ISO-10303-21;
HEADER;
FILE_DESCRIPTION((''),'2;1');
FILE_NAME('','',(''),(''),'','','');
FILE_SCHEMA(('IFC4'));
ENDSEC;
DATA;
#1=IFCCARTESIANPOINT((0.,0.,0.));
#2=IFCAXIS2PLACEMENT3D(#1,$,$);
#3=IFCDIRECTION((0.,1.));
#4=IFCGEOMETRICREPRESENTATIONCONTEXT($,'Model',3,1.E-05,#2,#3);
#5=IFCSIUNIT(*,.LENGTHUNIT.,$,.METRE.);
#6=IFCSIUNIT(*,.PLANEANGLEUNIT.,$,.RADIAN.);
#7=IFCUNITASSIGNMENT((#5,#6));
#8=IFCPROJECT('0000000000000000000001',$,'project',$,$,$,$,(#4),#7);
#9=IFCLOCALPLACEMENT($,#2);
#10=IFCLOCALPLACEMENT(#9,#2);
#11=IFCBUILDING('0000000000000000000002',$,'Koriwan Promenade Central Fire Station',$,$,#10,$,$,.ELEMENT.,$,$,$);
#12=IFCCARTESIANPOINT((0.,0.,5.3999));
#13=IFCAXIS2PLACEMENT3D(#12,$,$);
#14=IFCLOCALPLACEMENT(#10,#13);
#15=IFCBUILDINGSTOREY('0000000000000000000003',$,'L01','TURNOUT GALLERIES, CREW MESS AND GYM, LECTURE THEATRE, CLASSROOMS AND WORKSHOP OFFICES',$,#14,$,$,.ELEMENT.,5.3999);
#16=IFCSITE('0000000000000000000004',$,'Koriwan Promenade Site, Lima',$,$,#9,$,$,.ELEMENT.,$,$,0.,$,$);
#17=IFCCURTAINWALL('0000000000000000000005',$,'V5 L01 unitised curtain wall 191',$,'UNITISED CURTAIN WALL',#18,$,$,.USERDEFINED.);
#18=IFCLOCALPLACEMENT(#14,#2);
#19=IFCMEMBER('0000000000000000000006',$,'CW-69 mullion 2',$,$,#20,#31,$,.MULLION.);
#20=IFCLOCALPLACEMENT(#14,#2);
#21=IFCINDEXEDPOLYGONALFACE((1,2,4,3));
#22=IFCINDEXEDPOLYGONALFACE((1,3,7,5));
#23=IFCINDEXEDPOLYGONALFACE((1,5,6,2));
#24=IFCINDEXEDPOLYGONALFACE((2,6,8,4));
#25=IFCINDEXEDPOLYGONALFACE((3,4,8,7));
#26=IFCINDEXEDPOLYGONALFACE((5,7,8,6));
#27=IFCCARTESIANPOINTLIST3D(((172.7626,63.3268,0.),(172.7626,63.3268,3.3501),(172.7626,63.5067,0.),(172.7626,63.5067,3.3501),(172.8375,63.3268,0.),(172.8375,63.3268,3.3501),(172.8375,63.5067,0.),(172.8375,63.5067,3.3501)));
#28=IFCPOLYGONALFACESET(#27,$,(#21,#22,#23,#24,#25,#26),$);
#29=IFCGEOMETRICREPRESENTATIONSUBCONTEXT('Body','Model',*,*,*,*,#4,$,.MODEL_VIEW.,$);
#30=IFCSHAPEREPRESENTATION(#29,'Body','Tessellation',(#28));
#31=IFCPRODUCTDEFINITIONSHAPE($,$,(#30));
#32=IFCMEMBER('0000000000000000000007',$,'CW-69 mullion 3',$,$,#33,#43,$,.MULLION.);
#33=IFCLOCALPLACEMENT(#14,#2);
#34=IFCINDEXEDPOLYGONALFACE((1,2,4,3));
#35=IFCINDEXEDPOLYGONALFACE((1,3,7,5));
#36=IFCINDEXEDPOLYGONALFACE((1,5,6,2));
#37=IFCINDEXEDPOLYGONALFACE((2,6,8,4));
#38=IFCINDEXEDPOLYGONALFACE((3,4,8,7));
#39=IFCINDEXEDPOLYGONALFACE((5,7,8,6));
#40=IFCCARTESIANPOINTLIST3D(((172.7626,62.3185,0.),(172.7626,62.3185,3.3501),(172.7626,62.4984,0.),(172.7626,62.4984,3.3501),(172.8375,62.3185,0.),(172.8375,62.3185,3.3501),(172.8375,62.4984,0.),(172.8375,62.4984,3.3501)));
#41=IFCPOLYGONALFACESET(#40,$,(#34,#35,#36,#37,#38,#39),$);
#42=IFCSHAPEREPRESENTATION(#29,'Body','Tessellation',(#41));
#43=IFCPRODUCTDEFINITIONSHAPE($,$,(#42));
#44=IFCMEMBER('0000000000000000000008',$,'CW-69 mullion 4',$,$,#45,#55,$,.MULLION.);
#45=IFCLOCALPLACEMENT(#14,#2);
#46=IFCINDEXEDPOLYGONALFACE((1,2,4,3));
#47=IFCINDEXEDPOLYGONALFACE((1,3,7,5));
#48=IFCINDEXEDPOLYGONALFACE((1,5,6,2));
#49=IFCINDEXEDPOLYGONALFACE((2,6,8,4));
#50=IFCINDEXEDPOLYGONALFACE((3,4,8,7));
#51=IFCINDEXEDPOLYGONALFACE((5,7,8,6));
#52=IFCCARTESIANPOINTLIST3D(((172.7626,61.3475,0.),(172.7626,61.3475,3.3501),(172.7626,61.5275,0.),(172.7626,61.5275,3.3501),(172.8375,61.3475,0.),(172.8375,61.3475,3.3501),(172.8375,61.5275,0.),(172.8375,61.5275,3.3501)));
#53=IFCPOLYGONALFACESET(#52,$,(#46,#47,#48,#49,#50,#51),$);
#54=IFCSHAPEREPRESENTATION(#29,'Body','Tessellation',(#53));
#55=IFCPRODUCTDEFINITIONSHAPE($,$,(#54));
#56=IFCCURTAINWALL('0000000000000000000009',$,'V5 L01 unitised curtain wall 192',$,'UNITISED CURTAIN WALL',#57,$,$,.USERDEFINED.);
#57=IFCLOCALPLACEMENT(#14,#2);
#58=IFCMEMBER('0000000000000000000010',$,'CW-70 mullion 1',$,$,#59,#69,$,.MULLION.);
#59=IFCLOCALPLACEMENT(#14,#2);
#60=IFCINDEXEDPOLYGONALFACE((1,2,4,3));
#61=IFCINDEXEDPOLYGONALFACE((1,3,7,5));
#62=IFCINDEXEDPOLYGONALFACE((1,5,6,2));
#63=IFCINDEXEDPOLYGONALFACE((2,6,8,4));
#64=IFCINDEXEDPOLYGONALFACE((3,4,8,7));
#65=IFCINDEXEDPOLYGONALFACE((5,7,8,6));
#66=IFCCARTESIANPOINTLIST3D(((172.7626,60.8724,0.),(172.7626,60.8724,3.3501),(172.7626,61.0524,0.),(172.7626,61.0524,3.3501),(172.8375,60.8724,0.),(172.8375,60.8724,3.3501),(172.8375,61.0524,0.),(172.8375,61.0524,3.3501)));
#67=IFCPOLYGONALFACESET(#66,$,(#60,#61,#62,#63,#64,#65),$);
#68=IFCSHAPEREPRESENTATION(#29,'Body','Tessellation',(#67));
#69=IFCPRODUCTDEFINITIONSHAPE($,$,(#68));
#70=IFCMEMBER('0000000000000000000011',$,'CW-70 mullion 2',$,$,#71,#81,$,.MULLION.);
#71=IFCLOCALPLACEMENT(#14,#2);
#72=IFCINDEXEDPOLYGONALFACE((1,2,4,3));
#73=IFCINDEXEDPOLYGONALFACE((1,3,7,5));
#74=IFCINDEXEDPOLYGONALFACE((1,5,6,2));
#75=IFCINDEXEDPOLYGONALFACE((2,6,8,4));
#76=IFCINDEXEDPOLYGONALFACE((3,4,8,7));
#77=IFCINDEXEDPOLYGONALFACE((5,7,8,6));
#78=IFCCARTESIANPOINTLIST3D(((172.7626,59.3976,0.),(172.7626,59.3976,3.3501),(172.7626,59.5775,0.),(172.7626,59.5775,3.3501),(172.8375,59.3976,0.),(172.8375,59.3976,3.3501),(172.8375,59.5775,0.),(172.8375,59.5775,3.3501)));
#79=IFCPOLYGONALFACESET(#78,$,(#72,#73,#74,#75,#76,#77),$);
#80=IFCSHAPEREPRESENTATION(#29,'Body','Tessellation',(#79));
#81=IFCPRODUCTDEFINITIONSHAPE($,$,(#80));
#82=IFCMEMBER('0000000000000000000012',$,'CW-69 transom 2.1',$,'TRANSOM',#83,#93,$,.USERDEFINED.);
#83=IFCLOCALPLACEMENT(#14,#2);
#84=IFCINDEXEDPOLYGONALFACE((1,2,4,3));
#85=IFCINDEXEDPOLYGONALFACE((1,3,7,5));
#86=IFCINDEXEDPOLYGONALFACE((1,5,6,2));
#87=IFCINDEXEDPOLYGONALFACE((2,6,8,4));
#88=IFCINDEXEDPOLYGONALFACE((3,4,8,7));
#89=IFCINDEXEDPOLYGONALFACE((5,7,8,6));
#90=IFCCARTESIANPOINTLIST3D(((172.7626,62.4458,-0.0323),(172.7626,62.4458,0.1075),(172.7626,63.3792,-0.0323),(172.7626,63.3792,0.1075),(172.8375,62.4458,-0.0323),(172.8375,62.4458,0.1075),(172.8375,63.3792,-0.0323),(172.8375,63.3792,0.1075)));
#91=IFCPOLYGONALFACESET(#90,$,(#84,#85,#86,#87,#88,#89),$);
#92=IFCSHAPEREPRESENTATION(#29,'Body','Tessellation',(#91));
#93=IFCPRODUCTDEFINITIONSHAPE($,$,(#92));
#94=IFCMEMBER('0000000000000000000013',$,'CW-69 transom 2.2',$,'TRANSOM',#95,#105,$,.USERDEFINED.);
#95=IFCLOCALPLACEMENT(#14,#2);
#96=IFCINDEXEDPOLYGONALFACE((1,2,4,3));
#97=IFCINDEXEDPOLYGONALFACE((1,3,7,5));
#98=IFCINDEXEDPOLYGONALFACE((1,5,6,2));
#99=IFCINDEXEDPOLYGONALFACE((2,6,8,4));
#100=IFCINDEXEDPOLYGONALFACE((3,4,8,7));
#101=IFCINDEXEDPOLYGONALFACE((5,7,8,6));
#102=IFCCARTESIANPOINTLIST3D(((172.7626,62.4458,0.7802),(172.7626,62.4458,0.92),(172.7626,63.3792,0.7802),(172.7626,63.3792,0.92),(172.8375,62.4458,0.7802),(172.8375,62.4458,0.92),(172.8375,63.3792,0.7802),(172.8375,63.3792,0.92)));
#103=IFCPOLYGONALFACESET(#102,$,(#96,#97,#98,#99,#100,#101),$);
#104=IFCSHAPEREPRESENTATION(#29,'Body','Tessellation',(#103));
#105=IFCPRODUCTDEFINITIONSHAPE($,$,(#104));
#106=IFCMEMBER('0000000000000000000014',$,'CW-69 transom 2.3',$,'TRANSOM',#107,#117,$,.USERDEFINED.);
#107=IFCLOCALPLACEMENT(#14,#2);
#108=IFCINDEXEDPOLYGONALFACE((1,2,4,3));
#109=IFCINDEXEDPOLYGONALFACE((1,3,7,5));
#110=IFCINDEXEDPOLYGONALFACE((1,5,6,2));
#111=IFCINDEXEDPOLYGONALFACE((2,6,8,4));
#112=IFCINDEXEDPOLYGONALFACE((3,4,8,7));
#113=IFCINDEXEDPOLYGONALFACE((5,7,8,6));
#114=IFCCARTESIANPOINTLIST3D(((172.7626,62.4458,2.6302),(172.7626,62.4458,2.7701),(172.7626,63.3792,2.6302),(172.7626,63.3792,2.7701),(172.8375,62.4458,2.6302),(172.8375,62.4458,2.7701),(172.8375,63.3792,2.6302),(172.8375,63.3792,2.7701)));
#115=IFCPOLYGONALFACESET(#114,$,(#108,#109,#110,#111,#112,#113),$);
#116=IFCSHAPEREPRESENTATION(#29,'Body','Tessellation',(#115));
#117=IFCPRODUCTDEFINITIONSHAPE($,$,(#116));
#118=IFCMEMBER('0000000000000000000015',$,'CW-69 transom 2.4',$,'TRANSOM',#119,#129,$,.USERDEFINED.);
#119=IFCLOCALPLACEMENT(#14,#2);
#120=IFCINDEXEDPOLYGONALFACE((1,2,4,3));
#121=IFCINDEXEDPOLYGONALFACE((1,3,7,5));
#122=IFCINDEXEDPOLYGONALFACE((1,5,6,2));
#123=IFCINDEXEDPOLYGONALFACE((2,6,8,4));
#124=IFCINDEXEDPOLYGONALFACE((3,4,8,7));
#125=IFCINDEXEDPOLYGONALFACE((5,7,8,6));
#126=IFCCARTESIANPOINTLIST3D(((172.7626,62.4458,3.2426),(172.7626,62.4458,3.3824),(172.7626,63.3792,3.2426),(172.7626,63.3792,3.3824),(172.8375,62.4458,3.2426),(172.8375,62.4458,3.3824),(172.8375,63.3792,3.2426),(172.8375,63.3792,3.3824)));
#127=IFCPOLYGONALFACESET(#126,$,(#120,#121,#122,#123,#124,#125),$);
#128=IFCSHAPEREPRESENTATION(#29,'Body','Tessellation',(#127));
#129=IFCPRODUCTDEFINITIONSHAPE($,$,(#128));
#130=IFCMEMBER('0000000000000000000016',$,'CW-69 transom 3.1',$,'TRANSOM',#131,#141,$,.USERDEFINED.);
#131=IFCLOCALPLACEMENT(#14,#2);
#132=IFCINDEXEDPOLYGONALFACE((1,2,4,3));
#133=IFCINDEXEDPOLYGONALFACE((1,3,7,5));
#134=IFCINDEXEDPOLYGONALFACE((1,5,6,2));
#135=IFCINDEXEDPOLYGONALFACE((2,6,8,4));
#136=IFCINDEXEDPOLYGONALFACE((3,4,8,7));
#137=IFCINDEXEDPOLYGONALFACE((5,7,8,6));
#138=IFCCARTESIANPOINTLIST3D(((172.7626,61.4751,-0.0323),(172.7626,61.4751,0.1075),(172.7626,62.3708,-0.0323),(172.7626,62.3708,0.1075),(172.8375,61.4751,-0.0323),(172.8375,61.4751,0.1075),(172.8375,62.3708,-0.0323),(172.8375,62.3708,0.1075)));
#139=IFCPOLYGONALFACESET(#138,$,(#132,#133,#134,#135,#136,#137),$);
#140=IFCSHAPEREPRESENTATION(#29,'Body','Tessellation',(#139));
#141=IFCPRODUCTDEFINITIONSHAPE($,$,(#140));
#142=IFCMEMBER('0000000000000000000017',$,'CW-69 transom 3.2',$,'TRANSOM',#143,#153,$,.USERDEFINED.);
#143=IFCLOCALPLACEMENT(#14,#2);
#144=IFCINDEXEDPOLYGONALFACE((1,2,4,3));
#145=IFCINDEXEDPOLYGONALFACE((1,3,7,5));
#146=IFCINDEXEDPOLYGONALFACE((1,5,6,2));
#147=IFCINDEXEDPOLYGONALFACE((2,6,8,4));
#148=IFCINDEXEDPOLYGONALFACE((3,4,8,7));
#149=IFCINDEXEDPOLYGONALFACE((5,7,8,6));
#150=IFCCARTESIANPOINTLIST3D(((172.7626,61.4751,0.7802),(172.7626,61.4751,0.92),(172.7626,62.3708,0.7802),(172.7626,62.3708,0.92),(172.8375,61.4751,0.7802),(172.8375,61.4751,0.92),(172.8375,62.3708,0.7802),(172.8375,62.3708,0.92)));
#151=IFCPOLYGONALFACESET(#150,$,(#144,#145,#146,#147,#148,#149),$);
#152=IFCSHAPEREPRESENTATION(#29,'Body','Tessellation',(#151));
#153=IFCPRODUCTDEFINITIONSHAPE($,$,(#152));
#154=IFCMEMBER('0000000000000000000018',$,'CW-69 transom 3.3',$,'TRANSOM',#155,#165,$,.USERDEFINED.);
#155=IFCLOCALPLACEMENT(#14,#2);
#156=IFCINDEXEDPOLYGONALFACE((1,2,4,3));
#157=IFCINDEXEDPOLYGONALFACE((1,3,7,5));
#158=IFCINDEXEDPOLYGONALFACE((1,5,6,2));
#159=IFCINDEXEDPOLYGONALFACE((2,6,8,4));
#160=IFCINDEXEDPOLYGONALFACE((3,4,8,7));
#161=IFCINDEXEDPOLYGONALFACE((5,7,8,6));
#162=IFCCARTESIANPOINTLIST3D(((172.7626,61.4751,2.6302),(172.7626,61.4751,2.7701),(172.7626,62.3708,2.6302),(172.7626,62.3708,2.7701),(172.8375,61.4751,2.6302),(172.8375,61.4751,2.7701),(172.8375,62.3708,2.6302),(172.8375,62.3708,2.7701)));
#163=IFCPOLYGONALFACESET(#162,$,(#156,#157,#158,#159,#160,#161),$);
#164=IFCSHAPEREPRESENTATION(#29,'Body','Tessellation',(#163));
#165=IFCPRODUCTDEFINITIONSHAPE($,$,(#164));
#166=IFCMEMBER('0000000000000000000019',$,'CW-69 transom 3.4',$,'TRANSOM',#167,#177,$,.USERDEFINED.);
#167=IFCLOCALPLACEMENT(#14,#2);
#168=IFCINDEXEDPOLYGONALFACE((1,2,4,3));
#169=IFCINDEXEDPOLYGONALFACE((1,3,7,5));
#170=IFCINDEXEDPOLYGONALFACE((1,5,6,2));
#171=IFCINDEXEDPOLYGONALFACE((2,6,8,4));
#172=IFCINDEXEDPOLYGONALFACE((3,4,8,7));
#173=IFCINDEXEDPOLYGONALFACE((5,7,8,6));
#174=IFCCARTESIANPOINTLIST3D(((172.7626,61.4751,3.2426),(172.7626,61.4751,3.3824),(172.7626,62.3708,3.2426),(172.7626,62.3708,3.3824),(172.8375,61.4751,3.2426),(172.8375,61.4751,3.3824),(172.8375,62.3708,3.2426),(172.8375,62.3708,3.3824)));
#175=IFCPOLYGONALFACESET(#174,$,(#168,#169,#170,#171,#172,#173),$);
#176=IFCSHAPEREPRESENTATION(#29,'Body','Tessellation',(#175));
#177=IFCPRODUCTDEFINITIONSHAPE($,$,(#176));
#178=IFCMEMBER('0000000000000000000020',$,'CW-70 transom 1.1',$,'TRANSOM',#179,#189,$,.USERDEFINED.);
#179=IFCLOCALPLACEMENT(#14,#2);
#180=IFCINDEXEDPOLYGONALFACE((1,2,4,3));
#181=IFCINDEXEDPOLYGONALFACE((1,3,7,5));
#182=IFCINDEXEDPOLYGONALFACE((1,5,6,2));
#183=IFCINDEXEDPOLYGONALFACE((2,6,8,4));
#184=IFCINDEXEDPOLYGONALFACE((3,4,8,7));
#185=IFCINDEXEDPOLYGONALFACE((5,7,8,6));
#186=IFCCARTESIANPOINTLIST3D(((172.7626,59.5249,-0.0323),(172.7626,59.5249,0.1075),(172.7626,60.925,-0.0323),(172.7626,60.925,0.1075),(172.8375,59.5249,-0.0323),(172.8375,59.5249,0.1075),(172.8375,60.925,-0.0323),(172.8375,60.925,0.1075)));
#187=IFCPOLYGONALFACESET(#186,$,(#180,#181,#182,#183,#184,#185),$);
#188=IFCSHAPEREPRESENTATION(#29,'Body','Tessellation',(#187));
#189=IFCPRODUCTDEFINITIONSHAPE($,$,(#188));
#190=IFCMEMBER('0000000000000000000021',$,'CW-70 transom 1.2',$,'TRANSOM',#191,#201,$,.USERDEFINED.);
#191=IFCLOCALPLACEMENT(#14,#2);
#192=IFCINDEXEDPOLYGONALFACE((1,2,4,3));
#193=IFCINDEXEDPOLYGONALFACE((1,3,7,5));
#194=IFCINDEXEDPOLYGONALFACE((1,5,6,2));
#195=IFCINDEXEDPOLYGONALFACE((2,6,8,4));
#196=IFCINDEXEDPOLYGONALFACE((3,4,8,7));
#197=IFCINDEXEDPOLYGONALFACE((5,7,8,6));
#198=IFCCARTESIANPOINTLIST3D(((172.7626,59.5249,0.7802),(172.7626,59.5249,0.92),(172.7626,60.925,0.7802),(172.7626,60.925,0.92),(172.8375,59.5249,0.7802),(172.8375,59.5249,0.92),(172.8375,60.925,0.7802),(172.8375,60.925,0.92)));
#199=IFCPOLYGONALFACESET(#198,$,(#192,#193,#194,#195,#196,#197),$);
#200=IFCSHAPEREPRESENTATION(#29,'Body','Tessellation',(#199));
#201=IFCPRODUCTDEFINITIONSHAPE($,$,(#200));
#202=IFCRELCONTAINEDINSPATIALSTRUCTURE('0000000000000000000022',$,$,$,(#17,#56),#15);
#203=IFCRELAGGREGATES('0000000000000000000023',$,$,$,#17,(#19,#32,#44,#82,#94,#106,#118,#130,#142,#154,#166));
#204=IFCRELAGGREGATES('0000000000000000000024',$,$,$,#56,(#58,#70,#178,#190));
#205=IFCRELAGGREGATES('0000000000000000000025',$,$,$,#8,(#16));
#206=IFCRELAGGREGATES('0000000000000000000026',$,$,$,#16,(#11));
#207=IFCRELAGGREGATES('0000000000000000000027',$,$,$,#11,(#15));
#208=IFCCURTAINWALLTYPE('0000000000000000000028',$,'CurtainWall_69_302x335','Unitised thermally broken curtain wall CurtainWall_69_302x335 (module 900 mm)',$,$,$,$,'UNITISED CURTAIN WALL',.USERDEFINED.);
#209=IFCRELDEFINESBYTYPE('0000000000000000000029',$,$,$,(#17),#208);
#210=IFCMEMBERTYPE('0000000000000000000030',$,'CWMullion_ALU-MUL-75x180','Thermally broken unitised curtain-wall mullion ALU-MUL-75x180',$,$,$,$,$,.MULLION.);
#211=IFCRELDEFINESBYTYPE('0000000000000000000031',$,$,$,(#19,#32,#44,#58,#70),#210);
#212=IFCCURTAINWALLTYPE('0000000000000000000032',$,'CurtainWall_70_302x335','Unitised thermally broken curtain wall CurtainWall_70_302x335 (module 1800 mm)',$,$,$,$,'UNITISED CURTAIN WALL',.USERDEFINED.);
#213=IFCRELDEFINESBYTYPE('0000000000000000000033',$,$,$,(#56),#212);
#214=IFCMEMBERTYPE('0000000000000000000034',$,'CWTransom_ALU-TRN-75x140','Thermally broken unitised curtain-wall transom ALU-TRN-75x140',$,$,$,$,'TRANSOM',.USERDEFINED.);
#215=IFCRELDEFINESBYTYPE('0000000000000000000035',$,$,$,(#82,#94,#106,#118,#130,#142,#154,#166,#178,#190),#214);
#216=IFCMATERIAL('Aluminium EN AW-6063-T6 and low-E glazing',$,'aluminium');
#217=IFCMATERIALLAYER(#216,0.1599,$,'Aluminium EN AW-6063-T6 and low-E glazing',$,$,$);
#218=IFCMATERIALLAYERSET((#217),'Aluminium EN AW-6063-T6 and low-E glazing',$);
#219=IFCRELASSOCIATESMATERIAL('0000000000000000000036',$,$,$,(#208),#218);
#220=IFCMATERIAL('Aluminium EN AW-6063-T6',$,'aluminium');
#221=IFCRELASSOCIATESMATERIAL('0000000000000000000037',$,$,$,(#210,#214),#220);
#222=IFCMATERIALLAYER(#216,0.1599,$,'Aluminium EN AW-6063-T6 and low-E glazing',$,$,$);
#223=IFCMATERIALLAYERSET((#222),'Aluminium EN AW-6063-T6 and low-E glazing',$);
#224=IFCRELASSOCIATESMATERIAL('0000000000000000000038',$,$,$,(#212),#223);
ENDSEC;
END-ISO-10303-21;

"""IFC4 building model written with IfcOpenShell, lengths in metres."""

from ifc_helpers import new_model, si_unit, direction, frame, origin, origin_2d, place, context, subcontext, project, spatial, rectangle, extrude, material, layer, layer_set, material_profile, profile_set, type_object, element, aggregate, save


model = new_model("IFC4")

# Units and contexts
model_context = context("Model", 3, precision=1e-05, world=origin(), true_north=direction((0.0, 1.0)))
body_context = subcontext(model_context, "Body", "Model", "MODEL_VIEW")
ifc_project = project(units=[si_unit("LENGTHUNIT", "METRE"), si_unit("PLANEANGLEUNIT", "RADIAN")], contexts=[model_context])

# Site, building, storey
site_placement = place(None, origin())
site = spatial("IfcSite", under=ifc_project, at=site_placement, Name="Koriwan Promenade Site, Lima", CompositionType="ELEMENT", RefElevation=0.0)
building_placement = place(site_placement, origin())
building = spatial("IfcBuilding", under=site, at=building_placement, Name="Koriwan Promenade Central Fire Station", CompositionType="ELEMENT")
storey_placement = place(building_placement, frame((0.0, 0.0, 5.3999)))
storey = spatial("IfcBuildingStorey", under=building, at=storey_placement, Name="L01", Description="TURNOUT GALLERIES, CREW MESS AND GYM, LECTURE THEATRE, CLASSROOMS AND WORKSHOP OFFICES", CompositionType="ELEMENT", Elevation=5.3999)

# Curtain walls, members
ifc_material_1 = material(Name="Aluminium EN AW-6063-T6 and low-E glazing", Category="aluminium")
ifc_layer_1 = layer(ifc_material_1, 0.1599, Name="Aluminium EN AW-6063-T6 and low-E glazing")
ifc_layer_set_1 = layer_set([ifc_layer_1], Name="Aluminium EN AW-6063-T6 and low-E glazing")
curtain_wall_type_1 = type_object("IfcCurtainWallType", Name="CurtainWall_69_302x335", Description="Unitised thermally broken curtain wall CurtainWall_69_302x335 (module 900 mm)", ElementType="UNITISED CURTAIN WALL", PredefinedType="USERDEFINED", material=ifc_layer_set_1)
curtain_wall_1_placement = place(storey_placement, origin())
curtain_wall_1 = element("IfcCurtainWall", 1, at=curtain_wall_1_placement, inside=storey, type_object=curtain_wall_type_1, Name="V5 L01 unitised curtain wall 191", ObjectType="UNITISED CURTAIN WALL", PredefinedType="USERDEFINED")
ifc_material_2 = material(Name="Aluminium EN AW-6063-T6", Category="aluminium")
ifc_material_profile_1 = material_profile(ifc_material_2, rectangle(XDim=0.075, YDim=0.1799, at=origin_2d()), Name="ALU-MUL-75x180")
ifc_profile_set_1 = profile_set([ifc_material_profile_1], Name="Aluminium EN AW-6063-T6")
member_type_1 = type_object("IfcMemberType", Name="CWMullion_ALU-MUL-75x180", Description="Thermally broken unitised curtain-wall mullion ALU-MUL-75x180", PredefinedType="MULLION", material=ifc_profile_set_1)
member_1_placement = place(storey_placement, frame((172.8, 63.4167, 0.0), z_axis=(0.0, 0.0, 1.0), x_axis=(1.0, 0.0, 0.0)))
member_1 = element("IfcMember", 2, at=member_1_placement, type_object=member_type_1, Name="CW-69 mullion 2", PredefinedType="MULLION", context=body_context, shape_type="SweptSolid", body=[
    extrude(rectangle(XDim=0.075, YDim=0.1799, at=origin_2d()), origin(), (0.0, 0.0, 1.0), 3.3501),
])
member_2_placement = place(storey_placement, frame((172.8, 62.4084, 0.0), z_axis=(0.0, 0.0, 1.0), x_axis=(1.0, 0.0, 0.0)))
member_2 = element("IfcMember", 3, at=member_2_placement, type_object=member_type_1, Name="CW-69 mullion 3", PredefinedType="MULLION", context=body_context, shape_type="SweptSolid", body=[
    extrude(rectangle(XDim=0.075, YDim=0.1799, at=origin_2d()), origin(), (0.0, 0.0, 1.0), 3.3501),
])
member_3_placement = place(storey_placement, frame((172.8, 61.4375, 0.0), z_axis=(0.0, 0.0, 1.0), x_axis=(1.0, 0.0, 0.0)))
member_3 = element("IfcMember", 4, at=member_3_placement, type_object=member_type_1, Name="CW-69 mullion 4", PredefinedType="MULLION", context=body_context, shape_type="SweptSolid", body=[
    extrude(rectangle(XDim=0.075, YDim=0.1799, at=origin_2d()), origin(), (0.0, 0.0, 1.0), 3.3501),
])
ifc_layer_2 = layer(ifc_material_1, 0.1599, Name="Aluminium EN AW-6063-T6 and low-E glazing")
ifc_layer_set_2 = layer_set([ifc_layer_2], Name="Aluminium EN AW-6063-T6 and low-E glazing")
curtain_wall_type_2 = type_object("IfcCurtainWallType", Name="CurtainWall_70_302x335", Description="Unitised thermally broken curtain wall CurtainWall_70_302x335 (module 1800 mm)", ElementType="UNITISED CURTAIN WALL", PredefinedType="USERDEFINED", material=ifc_layer_set_2)
curtain_wall_2_placement = place(storey_placement, origin())
curtain_wall_2 = element("IfcCurtainWall", 5, at=curtain_wall_2_placement, inside=storey, type_object=curtain_wall_type_2, Name="V5 L01 unitised curtain wall 192", ObjectType="UNITISED CURTAIN WALL", PredefinedType="USERDEFINED")
member_4_placement = place(storey_placement, frame((172.8, 60.9624, 0.0), z_axis=(0.0, 0.0, 1.0), x_axis=(1.0, 0.0, 0.0)))
member_4 = element("IfcMember", 6, at=member_4_placement, type_object=member_type_1, Name="CW-70 mullion 1", PredefinedType="MULLION", context=body_context, shape_type="SweptSolid", body=[
    extrude(rectangle(XDim=0.075, YDim=0.1799, at=origin_2d()), origin(), (0.0, 0.0, 1.0), 3.3501),
])
member_5_placement = place(storey_placement, frame((172.8, 59.4875, 0.0), z_axis=(0.0, 0.0, 1.0), x_axis=(1.0, 0.0, 0.0)))
member_5 = element("IfcMember", 7, at=member_5_placement, type_object=member_type_1, Name="CW-70 mullion 2", PredefinedType="MULLION", context=body_context, shape_type="SweptSolid", body=[
    extrude(rectangle(XDim=0.075, YDim=0.1799, at=origin_2d()), origin(), (0.0, 0.0, 1.0), 3.3501),
])

# Members
ifc_material_profile_2 = material_profile(ifc_material_2, rectangle(XDim=0.075, YDim=0.1399, at=origin_2d()), Name="ALU-TRN-75x140")
ifc_profile_set_2 = profile_set([ifc_material_profile_2], Name="Aluminium EN AW-6063-T6")
member_type_2 = type_object("IfcMemberType", Name="CWTransom_ALU-TRN-75x140", Description="Thermally broken unitised curtain-wall transom ALU-TRN-75x140", ElementType="TRANSOM", PredefinedType="USERDEFINED", material=ifc_profile_set_2)
member_6_placement = place(storey_placement, frame((172.8, 63.3792, 0.0376), z_axis=(0.0, -1.0, 0.0), x_axis=(1.0, 0.0, 0.0)))
member_6 = element("IfcMember", 8, at=member_6_placement, type_object=member_type_2, Name="CW-69 transom 2.1", ObjectType="TRANSOM", PredefinedType="USERDEFINED", context=body_context, shape_type="SweptSolid", body=[
    extrude(rectangle(XDim=0.075, YDim=0.1399, at=origin_2d()), origin(), (0.0, 0.0, 1.0), 0.9333),
])
member_7_placement = place(storey_placement, frame((172.8, 63.3792, 0.8501), z_axis=(0.0, -1.0, 0.0), x_axis=(1.0, 0.0, 0.0)))
member_7 = element("IfcMember", 9, at=member_7_placement, type_object=member_type_2, Name="CW-69 transom 2.2", ObjectType="TRANSOM", PredefinedType="USERDEFINED", context=body_context, shape_type="SweptSolid", body=[
    extrude(rectangle(XDim=0.075, YDim=0.1399, at=origin_2d()), origin(), (0.0, 0.0, 1.0), 0.9333),
])
member_8_placement = place(storey_placement, frame((172.8, 63.3792, 2.7002), z_axis=(0.0, -1.0, 0.0), x_axis=(1.0, 0.0, 0.0)))
member_8 = element("IfcMember", 10, at=member_8_placement, type_object=member_type_2, Name="CW-69 transom 2.3", ObjectType="TRANSOM", PredefinedType="USERDEFINED", context=body_context, shape_type="SweptSolid", body=[
    extrude(rectangle(XDim=0.075, YDim=0.1399, at=origin_2d()), origin(), (0.0, 0.0, 1.0), 0.9333),
])
member_9_placement = place(storey_placement, frame((172.8, 63.3792, 3.3125), z_axis=(0.0, -1.0, 0.0), x_axis=(1.0, 0.0, 0.0)))
member_9 = element("IfcMember", 11, at=member_9_placement, type_object=member_type_2, Name="CW-69 transom 2.4", ObjectType="TRANSOM", PredefinedType="USERDEFINED", context=body_context, shape_type="SweptSolid", body=[
    extrude(rectangle(XDim=0.075, YDim=0.1399, at=origin_2d()), origin(), (0.0, 0.0, 1.0), 0.9333),
])
member_10_placement = place(storey_placement, frame((172.8, 62.3708, 0.0376), z_axis=(0.0, -1.0, 0.0), x_axis=(1.0, 0.0, 0.0)))
member_10 = element("IfcMember", 12, at=member_10_placement, type_object=member_type_2, Name="CW-69 transom 3.1", ObjectType="TRANSOM", PredefinedType="USERDEFINED", context=body_context, shape_type="SweptSolid", body=[
    extrude(rectangle(XDim=0.075, YDim=0.1399, at=origin_2d()), origin(), (0.0, 0.0, 1.0), 0.8958),
])
member_11_placement = place(storey_placement, frame((172.8, 62.3708, 0.8501), z_axis=(0.0, -1.0, 0.0), x_axis=(1.0, 0.0, 0.0)))
member_11 = element("IfcMember", 13, at=member_11_placement, type_object=member_type_2, Name="CW-69 transom 3.2", ObjectType="TRANSOM", PredefinedType="USERDEFINED", context=body_context, shape_type="SweptSolid", body=[
    extrude(rectangle(XDim=0.075, YDim=0.1399, at=origin_2d()), origin(), (0.0, 0.0, 1.0), 0.8958),
])
member_12_placement = place(storey_placement, frame((172.8, 62.3708, 2.7002), z_axis=(0.0, -1.0, 0.0), x_axis=(1.0, 0.0, 0.0)))
member_12 = element("IfcMember", 14, at=member_12_placement, type_object=member_type_2, Name="CW-69 transom 3.3", ObjectType="TRANSOM", PredefinedType="USERDEFINED", context=body_context, shape_type="SweptSolid", body=[
    extrude(rectangle(XDim=0.075, YDim=0.1399, at=origin_2d()), origin(), (0.0, 0.0, 1.0), 0.8958),
])
member_13_placement = place(storey_placement, frame((172.8, 62.3708, 3.3125), z_axis=(0.0, -1.0, 0.0), x_axis=(1.0, 0.0, 0.0)))
member_13 = element("IfcMember", 15, at=member_13_placement, type_object=member_type_2, Name="CW-69 transom 3.4", ObjectType="TRANSOM", PredefinedType="USERDEFINED", context=body_context, shape_type="SweptSolid", body=[
    extrude(rectangle(XDim=0.075, YDim=0.1399, at=origin_2d()), origin(), (0.0, 0.0, 1.0), 0.8958),
])
member_14_placement = place(storey_placement, frame((172.8, 60.925, 0.0376), z_axis=(0.0, -1.0, 0.0), x_axis=(1.0, 0.0, 0.0)))
member_14 = element("IfcMember", 16, at=member_14_placement, type_object=member_type_2, Name="CW-70 transom 1.1", ObjectType="TRANSOM", PredefinedType="USERDEFINED", context=body_context, shape_type="SweptSolid", body=[
    extrude(rectangle(XDim=0.075, YDim=0.1399, at=origin_2d()), origin(), (0.0, 0.0, 1.0), 1.4001),
])
member_15_placement = place(storey_placement, frame((172.8, 60.925, 0.8501), z_axis=(0.0, -1.0, 0.0), x_axis=(1.0, 0.0, 0.0)))
member_15 = element("IfcMember", 17, at=member_15_placement, type_object=member_type_2, Name="CW-70 transom 1.2", ObjectType="TRANSOM", PredefinedType="USERDEFINED", context=body_context, shape_type="SweptSolid", body=[
    extrude(rectangle(XDim=0.075, YDim=0.1399, at=origin_2d()), origin(), (0.0, 0.0, 1.0), 1.4001),
])

aggregate(curtain_wall_1, [member_1, member_2, member_3, member_6, member_7, member_8, member_9, member_10, member_11, member_12, member_13])
aggregate(curtain_wall_2, [member_4, member_5, member_14, member_15])

save(model, "model.ifc")
